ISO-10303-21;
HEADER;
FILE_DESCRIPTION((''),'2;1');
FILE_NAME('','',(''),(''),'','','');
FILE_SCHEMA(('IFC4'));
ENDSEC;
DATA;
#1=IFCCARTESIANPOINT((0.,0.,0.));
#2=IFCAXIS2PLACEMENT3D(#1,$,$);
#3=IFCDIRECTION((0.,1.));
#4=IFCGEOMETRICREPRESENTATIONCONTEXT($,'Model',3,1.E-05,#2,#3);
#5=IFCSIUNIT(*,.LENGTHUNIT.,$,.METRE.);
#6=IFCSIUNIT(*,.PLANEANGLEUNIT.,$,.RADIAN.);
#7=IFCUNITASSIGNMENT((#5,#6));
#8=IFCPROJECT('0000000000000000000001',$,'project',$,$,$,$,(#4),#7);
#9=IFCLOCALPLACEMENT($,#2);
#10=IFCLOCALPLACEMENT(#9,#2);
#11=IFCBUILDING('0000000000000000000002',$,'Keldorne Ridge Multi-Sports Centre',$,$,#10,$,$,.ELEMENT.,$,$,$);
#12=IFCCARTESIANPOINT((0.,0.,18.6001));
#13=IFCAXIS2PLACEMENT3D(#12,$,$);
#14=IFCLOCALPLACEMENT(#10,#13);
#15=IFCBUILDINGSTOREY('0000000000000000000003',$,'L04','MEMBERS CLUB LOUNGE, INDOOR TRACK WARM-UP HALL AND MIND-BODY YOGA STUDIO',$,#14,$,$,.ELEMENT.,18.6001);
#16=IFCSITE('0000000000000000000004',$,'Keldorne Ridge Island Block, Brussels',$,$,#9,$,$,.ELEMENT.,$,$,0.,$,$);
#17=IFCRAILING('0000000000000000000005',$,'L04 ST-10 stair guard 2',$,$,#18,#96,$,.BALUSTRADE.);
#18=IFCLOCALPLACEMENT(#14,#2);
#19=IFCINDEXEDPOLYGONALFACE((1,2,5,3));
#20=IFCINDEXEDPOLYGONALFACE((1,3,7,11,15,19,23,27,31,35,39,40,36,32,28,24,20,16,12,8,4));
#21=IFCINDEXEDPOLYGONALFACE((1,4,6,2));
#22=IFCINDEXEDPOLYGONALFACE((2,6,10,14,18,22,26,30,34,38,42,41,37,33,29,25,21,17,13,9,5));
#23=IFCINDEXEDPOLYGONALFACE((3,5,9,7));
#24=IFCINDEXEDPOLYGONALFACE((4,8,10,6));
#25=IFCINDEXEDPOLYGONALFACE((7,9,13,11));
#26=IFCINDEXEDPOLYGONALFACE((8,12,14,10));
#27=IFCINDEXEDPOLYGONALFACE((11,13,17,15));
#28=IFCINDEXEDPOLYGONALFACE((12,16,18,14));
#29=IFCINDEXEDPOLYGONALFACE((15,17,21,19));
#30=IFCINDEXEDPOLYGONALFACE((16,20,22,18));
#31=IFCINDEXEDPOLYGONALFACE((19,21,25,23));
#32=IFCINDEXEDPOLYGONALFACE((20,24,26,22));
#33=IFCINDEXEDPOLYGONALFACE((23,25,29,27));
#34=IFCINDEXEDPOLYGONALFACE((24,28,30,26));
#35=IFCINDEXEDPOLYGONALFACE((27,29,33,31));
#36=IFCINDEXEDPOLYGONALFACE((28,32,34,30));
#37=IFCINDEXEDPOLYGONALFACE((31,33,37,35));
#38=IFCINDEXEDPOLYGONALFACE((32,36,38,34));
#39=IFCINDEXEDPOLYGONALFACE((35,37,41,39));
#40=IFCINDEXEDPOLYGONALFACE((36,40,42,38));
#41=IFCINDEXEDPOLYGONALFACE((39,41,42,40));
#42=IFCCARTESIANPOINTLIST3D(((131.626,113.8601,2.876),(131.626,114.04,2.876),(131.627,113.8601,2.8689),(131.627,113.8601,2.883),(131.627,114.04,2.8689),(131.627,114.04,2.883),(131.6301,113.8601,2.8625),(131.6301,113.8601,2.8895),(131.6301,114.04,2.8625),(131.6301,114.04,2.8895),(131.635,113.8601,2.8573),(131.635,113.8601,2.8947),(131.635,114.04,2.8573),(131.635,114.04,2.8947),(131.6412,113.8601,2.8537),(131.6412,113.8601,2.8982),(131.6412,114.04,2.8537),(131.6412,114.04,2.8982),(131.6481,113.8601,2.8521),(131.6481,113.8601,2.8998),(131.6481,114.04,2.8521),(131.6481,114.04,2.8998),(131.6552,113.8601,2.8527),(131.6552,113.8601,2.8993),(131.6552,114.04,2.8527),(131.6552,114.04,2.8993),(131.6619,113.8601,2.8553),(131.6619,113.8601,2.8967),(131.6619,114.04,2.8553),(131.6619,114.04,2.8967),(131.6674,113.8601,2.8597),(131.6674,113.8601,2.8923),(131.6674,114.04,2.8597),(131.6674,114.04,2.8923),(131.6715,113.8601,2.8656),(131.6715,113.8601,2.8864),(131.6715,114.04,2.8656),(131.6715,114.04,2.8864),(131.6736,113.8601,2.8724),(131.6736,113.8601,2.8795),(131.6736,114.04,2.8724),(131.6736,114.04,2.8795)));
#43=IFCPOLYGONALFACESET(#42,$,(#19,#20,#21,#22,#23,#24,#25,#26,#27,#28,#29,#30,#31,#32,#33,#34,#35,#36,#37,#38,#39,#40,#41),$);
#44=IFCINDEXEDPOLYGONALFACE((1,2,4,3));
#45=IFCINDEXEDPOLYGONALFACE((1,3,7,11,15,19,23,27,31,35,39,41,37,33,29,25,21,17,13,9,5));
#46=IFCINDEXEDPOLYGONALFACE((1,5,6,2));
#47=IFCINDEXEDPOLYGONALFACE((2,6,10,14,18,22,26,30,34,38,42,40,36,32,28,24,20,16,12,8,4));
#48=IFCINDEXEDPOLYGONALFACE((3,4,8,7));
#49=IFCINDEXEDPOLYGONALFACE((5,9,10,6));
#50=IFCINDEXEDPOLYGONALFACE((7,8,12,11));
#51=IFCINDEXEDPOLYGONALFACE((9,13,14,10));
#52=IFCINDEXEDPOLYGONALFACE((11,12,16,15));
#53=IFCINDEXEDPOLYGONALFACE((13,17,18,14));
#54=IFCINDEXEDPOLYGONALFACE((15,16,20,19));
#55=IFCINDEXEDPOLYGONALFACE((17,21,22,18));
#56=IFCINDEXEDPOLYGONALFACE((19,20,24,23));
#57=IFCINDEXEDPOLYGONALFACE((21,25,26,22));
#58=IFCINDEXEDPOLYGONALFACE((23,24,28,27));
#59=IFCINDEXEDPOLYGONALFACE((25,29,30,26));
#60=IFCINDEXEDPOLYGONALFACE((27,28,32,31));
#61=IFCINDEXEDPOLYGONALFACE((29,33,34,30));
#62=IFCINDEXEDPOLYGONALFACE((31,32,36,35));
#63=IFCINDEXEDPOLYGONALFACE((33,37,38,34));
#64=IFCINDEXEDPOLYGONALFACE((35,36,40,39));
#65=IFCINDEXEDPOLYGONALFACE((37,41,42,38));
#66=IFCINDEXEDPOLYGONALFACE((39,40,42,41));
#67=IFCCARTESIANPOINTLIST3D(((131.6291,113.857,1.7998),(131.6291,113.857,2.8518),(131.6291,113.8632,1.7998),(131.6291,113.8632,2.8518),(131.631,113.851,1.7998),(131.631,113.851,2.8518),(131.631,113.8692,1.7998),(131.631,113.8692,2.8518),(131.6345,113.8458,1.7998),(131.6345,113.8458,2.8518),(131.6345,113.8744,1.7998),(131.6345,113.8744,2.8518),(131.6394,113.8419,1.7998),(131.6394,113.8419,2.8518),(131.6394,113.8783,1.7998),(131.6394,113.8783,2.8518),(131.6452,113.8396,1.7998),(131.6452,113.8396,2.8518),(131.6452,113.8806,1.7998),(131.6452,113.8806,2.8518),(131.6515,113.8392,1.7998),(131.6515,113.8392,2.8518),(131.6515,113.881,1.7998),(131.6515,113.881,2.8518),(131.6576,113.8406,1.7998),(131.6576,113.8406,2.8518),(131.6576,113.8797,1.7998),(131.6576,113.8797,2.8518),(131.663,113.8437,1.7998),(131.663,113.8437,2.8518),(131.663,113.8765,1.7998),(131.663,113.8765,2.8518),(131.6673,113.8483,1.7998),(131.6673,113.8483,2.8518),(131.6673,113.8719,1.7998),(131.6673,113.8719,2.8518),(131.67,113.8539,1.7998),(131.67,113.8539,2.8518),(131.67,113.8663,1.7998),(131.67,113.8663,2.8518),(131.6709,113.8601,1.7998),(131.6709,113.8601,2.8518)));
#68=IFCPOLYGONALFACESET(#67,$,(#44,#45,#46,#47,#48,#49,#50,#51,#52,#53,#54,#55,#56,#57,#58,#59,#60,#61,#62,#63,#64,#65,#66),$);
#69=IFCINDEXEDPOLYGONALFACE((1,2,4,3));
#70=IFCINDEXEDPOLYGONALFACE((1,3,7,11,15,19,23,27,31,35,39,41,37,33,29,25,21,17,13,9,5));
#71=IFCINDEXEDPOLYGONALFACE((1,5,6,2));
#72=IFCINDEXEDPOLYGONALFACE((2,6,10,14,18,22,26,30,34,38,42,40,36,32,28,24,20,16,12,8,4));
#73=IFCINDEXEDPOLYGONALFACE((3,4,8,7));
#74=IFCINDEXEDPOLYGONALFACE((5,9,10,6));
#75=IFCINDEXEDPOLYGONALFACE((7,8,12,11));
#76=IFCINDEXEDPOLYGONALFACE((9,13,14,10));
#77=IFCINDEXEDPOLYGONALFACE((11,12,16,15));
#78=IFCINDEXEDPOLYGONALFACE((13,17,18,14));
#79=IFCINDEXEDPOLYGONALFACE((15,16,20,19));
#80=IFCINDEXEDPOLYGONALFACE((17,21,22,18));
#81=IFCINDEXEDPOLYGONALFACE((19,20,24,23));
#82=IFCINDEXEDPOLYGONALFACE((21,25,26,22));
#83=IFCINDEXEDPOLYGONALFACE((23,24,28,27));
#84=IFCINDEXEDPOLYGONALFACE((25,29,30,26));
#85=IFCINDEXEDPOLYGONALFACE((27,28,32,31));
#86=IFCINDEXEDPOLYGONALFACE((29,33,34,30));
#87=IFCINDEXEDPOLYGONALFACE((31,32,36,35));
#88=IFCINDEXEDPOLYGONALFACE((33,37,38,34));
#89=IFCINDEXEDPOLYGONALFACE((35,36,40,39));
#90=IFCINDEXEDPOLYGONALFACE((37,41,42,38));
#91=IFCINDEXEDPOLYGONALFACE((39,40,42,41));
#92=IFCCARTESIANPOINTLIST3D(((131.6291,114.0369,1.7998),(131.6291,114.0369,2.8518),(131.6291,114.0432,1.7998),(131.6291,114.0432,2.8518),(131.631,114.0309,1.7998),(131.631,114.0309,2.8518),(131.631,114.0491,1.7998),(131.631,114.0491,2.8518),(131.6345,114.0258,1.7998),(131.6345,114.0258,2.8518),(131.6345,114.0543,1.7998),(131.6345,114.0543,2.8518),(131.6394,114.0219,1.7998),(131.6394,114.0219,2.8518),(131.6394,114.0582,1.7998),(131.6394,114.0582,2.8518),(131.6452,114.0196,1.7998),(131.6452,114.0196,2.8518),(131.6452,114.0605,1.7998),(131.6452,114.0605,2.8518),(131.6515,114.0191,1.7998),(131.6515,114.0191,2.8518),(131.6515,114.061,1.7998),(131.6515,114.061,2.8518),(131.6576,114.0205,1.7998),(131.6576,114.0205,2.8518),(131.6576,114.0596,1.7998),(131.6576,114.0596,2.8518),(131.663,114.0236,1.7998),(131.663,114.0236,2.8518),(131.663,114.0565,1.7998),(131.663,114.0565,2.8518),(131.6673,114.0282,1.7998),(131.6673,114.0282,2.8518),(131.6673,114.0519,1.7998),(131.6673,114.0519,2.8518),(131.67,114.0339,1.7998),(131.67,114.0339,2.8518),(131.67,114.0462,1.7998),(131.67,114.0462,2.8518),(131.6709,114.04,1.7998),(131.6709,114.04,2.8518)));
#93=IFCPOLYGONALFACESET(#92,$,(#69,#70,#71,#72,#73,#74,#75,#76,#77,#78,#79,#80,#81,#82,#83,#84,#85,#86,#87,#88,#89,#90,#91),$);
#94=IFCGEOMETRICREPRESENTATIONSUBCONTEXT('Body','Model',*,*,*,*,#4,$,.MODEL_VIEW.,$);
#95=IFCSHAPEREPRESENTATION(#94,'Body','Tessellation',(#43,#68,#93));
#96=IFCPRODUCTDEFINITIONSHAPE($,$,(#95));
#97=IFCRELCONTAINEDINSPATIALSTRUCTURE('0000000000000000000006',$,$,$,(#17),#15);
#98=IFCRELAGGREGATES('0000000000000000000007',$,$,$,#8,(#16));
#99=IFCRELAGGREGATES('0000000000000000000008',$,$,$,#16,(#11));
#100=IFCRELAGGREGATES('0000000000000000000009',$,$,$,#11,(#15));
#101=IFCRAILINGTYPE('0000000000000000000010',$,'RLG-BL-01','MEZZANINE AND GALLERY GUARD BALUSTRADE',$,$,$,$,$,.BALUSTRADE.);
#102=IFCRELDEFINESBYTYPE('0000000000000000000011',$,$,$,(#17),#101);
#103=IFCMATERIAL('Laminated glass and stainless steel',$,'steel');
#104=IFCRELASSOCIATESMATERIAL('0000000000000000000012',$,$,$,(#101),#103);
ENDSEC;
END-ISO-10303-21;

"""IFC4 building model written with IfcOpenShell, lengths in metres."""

from ifc_helpers import new_model, si_unit, direction, frame, origin, origin_2d, place, context, subcontext, project, spatial, circle, extrude, material, type_object, element, save


model = new_model("IFC4")

# Units and contexts
model_context = context("Model", 3, precision=1e-05, world=origin(), true_north=direction((0.0, 1.0)))
body_context = subcontext(model_context, "Body", "Model", "MODEL_VIEW")
ifc_project = project(units=[si_unit("LENGTHUNIT", "METRE"), si_unit("PLANEANGLEUNIT", "RADIAN")], contexts=[model_context])

# Site, building, storey
site_placement = place(None, origin())
site = spatial("IfcSite", under=ifc_project, at=site_placement, Name="Keldorne Ridge Island Block, Brussels", CompositionType="ELEMENT", RefElevation=0.0)
building_placement = place(site_placement, origin())
building = spatial("IfcBuilding", under=site, at=building_placement, Name="Keldorne Ridge Multi-Sports Centre", CompositionType="ELEMENT")
storey_placement = place(building_placement, frame((0.0, 0.0, 18.6001)))
storey = spatial("IfcBuildingStorey", under=building, at=storey_placement, Name="L04", Description="MEMBERS CLUB LOUNGE, INDOOR TRACK WARM-UP HALL AND MIND-BODY YOGA STUDIO", CompositionType="ELEMENT", Elevation=18.6001)

# Railing
ifc_material_1 = material(Name="Laminated glass and stainless steel", Category="steel")
railing_type_1 = type_object("IfcRailingType", Name="RLG-BL-01", Description="MEZZANINE AND GALLERY GUARD BALUSTRADE", PredefinedType="BALUSTRADE", material=ifc_material_1)
railing_1_placement = place(storey_placement, frame((131.6499, 113.8601, 1.7998)))
element("IfcRailing", 1, at=railing_1_placement, inside=storey, type_object=railing_type_1, Name="L04 ST-10 stair guard 2", PredefinedType="BALUSTRADE", context=body_context, shape_type="SweptSolid", body=[
    extrude(circle(Radius=0.0239, at=origin_2d()), frame((0.0, 0.0, 1.0762), z_axis=(0.0, 1.0, 0.0), x_axis=(-1.0, 0.0, 0.0)), (0.0, 0.0, 1.0), 0.1799),
    extrude(circle(Radius=0.021, at=origin_2d()), origin(), (0.0, 0.0, 1.0), 1.052),
    extrude(circle(Radius=0.021, at=origin_2d()), frame((0.0, 0.1799, 0.0)), (0.0, 0.0, 1.0), 1.052),
])

save(model, "model.ifc")
